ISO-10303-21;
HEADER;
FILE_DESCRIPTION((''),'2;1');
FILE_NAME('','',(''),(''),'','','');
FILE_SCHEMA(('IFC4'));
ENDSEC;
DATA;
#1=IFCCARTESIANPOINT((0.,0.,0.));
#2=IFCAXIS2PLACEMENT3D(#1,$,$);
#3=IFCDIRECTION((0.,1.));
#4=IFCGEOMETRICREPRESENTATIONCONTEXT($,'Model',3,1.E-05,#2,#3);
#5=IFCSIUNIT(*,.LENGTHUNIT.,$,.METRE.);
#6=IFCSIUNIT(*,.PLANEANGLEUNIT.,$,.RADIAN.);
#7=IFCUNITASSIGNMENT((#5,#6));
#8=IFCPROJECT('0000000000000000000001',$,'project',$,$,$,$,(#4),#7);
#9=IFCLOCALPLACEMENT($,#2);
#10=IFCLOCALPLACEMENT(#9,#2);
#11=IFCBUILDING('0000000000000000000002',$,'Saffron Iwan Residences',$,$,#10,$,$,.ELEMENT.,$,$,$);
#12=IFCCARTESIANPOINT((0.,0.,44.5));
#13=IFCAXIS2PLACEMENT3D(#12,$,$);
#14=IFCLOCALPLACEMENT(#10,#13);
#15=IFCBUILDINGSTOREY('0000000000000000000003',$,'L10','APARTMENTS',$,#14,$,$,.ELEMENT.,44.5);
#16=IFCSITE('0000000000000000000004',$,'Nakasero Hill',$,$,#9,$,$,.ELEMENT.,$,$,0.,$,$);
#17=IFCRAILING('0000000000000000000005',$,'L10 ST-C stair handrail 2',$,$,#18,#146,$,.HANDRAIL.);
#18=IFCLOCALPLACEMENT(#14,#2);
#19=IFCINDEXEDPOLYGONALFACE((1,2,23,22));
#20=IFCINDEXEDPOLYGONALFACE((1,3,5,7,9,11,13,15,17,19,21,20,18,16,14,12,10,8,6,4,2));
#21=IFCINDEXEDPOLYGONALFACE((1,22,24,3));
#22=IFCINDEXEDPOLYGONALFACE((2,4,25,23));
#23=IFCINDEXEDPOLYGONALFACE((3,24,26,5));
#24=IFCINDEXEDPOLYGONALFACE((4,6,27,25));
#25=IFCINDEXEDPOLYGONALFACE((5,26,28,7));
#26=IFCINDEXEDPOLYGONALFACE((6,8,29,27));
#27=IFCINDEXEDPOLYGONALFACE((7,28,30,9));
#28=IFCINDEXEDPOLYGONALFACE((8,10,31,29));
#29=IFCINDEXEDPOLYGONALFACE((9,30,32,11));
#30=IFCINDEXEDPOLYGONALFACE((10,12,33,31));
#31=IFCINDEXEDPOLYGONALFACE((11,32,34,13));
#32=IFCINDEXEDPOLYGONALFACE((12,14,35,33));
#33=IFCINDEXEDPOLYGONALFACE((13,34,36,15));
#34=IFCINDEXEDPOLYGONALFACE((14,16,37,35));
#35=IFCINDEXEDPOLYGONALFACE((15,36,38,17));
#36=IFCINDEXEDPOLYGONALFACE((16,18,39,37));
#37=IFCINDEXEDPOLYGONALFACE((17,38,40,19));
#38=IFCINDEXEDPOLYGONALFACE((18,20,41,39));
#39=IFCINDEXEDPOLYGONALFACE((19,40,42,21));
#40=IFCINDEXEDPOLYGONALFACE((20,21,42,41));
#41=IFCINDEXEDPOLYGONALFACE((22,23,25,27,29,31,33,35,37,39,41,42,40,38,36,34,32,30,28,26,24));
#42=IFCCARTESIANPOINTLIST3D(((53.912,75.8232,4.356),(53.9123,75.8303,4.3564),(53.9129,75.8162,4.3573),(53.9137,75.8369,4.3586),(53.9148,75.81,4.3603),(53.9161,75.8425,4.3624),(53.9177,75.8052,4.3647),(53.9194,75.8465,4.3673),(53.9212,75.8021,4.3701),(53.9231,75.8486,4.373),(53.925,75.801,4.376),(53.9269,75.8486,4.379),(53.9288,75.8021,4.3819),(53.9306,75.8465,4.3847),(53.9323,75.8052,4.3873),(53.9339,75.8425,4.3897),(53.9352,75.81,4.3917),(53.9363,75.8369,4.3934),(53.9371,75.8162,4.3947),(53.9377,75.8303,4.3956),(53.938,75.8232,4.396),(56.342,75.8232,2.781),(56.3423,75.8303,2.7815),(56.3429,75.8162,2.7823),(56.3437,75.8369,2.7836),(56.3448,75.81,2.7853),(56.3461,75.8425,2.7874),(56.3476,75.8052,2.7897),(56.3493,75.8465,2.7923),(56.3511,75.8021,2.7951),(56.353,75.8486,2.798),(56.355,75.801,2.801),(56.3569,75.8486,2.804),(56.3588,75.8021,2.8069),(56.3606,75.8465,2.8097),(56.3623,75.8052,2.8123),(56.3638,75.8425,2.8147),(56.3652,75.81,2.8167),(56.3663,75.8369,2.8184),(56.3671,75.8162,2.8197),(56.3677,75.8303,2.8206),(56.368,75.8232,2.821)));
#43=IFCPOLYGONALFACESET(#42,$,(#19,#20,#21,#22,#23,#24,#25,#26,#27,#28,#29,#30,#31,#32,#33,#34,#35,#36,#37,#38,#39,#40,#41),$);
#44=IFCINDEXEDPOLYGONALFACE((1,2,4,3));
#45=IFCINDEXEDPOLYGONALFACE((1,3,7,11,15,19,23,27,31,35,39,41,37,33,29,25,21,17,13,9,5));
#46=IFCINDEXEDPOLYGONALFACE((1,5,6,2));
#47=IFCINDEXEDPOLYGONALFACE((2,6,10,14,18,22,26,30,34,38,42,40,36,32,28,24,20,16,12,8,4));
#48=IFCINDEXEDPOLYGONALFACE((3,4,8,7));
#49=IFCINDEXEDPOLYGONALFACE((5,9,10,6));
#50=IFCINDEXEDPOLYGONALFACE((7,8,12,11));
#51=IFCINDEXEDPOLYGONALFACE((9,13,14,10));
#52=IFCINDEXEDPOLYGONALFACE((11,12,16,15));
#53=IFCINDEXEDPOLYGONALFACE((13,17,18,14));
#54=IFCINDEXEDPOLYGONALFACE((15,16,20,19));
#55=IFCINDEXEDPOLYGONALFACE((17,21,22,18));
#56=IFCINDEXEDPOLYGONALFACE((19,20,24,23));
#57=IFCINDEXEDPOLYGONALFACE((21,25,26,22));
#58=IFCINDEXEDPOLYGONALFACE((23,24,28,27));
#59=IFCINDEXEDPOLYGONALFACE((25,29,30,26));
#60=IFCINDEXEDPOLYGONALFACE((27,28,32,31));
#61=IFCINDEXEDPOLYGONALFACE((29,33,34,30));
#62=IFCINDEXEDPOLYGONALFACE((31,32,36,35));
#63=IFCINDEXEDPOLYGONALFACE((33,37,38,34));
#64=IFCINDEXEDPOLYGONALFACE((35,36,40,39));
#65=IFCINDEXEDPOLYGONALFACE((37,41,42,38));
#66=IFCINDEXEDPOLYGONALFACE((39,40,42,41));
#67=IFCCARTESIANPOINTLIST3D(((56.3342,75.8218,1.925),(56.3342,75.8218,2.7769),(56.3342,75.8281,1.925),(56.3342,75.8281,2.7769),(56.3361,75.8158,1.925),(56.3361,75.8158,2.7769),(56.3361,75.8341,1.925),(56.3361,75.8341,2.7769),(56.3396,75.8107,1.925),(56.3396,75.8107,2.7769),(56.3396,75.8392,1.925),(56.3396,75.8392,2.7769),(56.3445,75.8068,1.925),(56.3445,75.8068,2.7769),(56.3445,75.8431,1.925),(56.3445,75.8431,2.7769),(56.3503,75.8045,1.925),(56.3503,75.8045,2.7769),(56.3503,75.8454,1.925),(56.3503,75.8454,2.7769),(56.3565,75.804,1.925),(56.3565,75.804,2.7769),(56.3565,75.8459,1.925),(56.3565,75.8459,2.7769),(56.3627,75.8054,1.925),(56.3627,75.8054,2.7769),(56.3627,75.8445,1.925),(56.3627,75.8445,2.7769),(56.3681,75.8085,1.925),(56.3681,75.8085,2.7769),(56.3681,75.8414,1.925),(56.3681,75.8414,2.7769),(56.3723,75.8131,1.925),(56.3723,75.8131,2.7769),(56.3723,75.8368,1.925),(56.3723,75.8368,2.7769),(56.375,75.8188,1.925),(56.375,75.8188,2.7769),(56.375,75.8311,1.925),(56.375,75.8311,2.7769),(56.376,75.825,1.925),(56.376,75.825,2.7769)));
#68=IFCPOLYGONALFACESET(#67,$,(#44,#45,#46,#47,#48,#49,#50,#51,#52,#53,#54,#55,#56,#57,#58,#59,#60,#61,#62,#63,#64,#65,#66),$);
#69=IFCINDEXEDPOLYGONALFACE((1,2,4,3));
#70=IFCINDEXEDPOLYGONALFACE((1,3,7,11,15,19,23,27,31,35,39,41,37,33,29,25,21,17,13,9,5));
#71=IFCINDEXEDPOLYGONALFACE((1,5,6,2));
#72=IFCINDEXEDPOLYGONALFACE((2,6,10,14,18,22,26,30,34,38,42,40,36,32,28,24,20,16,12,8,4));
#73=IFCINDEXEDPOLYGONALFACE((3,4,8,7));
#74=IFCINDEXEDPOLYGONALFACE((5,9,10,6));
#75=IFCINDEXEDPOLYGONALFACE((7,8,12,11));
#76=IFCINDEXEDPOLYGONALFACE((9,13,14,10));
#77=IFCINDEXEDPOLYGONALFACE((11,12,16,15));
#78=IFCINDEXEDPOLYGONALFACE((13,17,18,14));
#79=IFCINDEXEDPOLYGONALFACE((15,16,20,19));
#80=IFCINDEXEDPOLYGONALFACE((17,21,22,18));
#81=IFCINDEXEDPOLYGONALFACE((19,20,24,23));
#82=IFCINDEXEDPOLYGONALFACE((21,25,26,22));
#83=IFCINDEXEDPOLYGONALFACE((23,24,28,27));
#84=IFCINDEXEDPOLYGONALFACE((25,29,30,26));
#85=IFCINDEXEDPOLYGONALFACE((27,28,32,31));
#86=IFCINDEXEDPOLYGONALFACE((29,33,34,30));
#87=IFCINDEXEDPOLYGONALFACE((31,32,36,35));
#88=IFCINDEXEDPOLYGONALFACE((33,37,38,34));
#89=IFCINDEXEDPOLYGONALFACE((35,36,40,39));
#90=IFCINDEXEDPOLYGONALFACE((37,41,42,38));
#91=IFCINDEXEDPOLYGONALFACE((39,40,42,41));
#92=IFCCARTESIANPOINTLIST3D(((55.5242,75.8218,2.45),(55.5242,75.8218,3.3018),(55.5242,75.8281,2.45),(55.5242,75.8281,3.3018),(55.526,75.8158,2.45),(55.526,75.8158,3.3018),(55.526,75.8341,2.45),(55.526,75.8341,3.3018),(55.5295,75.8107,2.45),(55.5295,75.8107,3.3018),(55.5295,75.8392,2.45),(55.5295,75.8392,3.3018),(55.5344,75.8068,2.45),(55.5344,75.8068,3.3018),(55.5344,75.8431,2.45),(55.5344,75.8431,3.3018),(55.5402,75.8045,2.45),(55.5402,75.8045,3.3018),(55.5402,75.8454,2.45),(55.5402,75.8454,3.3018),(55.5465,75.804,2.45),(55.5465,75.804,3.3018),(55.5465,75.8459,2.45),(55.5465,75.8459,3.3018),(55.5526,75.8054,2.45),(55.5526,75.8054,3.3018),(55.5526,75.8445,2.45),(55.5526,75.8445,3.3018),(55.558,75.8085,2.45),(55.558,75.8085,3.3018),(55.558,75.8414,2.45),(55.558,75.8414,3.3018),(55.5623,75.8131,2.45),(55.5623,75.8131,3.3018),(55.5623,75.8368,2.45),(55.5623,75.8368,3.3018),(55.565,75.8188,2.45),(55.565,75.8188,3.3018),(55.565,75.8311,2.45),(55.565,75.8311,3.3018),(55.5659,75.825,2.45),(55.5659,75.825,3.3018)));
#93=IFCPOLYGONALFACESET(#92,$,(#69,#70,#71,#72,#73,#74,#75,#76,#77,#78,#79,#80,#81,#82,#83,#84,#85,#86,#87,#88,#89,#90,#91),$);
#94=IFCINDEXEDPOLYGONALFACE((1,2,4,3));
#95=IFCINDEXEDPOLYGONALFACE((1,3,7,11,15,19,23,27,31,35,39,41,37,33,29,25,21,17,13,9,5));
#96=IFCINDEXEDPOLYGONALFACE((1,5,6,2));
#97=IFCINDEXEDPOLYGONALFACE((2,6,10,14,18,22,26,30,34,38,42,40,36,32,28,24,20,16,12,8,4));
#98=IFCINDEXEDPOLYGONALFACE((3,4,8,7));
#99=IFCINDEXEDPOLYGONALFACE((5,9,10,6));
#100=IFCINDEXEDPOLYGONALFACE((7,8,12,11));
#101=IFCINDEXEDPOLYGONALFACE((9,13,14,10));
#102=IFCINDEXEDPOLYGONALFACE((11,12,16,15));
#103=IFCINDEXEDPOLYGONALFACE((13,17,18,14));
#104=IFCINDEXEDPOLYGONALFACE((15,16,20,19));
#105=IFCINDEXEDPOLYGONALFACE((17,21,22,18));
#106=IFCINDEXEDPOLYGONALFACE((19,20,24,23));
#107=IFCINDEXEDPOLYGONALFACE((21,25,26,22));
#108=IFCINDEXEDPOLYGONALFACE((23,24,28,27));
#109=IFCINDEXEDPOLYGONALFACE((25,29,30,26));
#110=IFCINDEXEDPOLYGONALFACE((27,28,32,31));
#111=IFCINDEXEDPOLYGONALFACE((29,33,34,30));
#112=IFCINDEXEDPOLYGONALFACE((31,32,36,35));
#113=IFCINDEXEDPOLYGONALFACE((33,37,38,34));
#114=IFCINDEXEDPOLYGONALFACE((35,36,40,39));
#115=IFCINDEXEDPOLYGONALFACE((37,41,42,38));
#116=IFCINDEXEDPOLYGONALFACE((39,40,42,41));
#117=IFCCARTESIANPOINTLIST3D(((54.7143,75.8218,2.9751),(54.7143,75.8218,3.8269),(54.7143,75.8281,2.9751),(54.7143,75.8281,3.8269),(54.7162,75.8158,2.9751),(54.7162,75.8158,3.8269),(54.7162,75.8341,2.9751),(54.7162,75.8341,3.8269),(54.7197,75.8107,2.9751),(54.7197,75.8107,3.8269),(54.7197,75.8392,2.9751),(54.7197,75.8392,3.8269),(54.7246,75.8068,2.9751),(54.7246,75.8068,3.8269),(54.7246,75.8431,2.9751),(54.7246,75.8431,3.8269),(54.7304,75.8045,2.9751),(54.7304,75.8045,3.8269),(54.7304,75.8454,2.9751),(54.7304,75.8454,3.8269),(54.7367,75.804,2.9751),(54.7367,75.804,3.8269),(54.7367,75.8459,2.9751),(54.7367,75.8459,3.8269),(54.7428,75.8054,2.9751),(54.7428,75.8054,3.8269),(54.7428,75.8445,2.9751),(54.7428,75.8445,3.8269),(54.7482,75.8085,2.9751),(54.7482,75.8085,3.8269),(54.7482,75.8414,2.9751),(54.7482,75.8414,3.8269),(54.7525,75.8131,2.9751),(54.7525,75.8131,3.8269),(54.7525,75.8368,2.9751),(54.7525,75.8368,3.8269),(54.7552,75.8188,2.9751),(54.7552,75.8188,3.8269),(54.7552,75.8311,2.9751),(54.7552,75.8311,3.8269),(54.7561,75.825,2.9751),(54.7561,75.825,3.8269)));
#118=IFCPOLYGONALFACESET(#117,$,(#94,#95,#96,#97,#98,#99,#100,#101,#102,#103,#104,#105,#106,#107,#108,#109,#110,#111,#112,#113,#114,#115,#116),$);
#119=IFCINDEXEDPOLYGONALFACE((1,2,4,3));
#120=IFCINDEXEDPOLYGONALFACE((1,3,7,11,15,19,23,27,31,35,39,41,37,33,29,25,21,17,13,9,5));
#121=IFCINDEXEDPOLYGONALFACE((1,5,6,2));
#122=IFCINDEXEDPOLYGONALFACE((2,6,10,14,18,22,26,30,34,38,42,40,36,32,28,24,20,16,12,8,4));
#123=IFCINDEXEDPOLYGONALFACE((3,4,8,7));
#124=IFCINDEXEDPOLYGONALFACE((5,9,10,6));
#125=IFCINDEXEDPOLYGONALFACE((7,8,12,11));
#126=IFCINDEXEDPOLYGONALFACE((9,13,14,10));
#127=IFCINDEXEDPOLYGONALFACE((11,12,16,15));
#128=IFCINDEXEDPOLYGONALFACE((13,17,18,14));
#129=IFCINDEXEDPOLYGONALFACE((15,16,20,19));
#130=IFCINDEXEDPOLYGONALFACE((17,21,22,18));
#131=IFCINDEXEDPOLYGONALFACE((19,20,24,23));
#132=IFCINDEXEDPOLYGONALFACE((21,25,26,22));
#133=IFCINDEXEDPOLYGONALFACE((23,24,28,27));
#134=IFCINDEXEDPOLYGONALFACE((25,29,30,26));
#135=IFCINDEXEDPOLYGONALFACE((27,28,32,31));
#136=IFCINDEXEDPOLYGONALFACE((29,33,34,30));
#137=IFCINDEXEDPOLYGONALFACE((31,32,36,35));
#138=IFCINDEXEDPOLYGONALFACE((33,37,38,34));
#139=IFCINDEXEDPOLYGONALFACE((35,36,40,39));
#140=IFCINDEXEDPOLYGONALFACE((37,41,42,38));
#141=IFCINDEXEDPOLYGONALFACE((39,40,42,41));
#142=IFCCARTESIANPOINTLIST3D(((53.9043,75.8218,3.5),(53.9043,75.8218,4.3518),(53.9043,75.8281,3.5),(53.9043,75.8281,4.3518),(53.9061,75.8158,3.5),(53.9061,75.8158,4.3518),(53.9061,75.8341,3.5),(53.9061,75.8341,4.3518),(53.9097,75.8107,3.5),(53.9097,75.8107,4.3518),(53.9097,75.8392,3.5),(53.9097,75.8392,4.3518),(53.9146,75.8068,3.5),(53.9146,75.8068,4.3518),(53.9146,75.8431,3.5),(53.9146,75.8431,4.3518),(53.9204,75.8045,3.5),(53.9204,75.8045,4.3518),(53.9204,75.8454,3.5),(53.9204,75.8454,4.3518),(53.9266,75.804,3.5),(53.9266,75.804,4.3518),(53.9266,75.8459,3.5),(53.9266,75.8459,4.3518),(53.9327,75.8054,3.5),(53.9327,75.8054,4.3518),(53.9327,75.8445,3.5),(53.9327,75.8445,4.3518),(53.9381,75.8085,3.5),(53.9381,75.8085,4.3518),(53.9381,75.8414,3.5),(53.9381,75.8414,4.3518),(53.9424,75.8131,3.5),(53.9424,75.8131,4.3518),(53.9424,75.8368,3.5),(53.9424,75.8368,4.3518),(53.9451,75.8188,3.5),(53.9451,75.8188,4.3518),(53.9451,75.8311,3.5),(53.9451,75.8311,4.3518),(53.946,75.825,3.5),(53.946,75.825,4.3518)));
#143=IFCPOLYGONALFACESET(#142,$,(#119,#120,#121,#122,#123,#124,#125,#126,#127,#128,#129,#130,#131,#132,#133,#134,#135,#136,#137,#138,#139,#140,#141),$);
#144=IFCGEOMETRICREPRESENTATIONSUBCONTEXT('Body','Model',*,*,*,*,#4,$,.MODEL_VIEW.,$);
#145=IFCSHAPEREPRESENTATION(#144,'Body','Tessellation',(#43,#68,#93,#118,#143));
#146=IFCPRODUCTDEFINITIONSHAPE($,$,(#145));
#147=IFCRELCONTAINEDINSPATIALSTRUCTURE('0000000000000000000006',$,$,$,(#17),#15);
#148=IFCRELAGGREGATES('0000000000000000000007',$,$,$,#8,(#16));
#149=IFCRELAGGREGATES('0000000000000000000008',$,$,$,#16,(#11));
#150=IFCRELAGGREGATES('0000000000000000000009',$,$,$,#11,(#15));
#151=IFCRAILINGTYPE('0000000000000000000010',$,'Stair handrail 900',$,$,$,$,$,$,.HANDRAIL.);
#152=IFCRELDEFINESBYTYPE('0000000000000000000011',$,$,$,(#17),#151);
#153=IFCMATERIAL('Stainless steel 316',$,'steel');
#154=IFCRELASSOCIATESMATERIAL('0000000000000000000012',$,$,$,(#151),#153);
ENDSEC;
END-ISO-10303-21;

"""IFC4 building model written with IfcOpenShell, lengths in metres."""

from ifc_helpers import new_model, si_unit, direction, frame, origin, origin_2d, place, context, subcontext, project, spatial, circle, extrude, material, type_object, element, save


model = new_model("IFC4")

# Units and contexts
model_context = context("Model", 3, precision=1e-05, world=origin(), true_north=direction((0.0, 1.0)))
body_context = subcontext(model_context, "Body", "Model", "MODEL_VIEW")
ifc_project = project(units=[si_unit("LENGTHUNIT", "METRE"), si_unit("PLANEANGLEUNIT", "RADIAN")], contexts=[model_context])

# Site, building, storey
site_placement = place(None, origin())
site = spatial("IfcSite", under=ifc_project, at=site_placement, Name="Nakasero Hill", CompositionType="ELEMENT", RefElevation=0.0)
building_placement = place(site_placement, origin())
building = spatial("IfcBuilding", under=site, at=building_placement, Name="Saffron Iwan Residences", CompositionType="ELEMENT")
storey_placement = place(building_placement, frame((0.0, 0.0, 44.5)))
storey = spatial("IfcBuildingStorey", under=building, at=storey_placement, Name="L10", Description="APARTMENTS", CompositionType="ELEMENT", Elevation=44.5)

# Railing
ifc_material_1 = material(Name="Stainless steel 316", Category="steel")
railing_type_1 = type_object("IfcRailingType", Name="Stair handrail 900", PredefinedType="HANDRAIL", material=ifc_material_1)
railing_1_placement = place(storey_placement, frame((56.355, 75.825, 1.925)))
element("IfcRailing", 1, at=railing_1_placement, inside=storey, type_object=railing_type_1, Name="L10 ST-C stair handrail 2", PredefinedType="HANDRAIL", context=body_context, shape_type="SweptSolid", body=[
    extrude(circle(Radius=0.0239, at=origin_2d()), frame((0.0, 0.0, 0.876), z_axis=(-0.839154, 0.0, 0.543894), x_axis=(0.0, -1.0, 0.0)), (0.0, 0.0, 1.0), 2.8958),
    extrude(circle(Radius=0.021, at=origin_2d()), origin(), (0.0, 0.0, 1.0), 0.8518),
    extrude(circle(Radius=0.021, at=origin_2d()), frame((-0.8101, 0.0, 0.5249)), (0.0, 0.0, 1.0), 0.8518),
    extrude(circle(Radius=0.021, at=origin_2d()), frame((-1.6199, 0.0, 1.05)), (0.0, 0.0, 1.0), 0.8518),
    extrude(circle(Radius=0.021, at=origin_2d()), frame((-2.4299, 0.0, 1.575)), (0.0, 0.0, 1.0), 0.8518),
])

save(model, "model.ifc")
